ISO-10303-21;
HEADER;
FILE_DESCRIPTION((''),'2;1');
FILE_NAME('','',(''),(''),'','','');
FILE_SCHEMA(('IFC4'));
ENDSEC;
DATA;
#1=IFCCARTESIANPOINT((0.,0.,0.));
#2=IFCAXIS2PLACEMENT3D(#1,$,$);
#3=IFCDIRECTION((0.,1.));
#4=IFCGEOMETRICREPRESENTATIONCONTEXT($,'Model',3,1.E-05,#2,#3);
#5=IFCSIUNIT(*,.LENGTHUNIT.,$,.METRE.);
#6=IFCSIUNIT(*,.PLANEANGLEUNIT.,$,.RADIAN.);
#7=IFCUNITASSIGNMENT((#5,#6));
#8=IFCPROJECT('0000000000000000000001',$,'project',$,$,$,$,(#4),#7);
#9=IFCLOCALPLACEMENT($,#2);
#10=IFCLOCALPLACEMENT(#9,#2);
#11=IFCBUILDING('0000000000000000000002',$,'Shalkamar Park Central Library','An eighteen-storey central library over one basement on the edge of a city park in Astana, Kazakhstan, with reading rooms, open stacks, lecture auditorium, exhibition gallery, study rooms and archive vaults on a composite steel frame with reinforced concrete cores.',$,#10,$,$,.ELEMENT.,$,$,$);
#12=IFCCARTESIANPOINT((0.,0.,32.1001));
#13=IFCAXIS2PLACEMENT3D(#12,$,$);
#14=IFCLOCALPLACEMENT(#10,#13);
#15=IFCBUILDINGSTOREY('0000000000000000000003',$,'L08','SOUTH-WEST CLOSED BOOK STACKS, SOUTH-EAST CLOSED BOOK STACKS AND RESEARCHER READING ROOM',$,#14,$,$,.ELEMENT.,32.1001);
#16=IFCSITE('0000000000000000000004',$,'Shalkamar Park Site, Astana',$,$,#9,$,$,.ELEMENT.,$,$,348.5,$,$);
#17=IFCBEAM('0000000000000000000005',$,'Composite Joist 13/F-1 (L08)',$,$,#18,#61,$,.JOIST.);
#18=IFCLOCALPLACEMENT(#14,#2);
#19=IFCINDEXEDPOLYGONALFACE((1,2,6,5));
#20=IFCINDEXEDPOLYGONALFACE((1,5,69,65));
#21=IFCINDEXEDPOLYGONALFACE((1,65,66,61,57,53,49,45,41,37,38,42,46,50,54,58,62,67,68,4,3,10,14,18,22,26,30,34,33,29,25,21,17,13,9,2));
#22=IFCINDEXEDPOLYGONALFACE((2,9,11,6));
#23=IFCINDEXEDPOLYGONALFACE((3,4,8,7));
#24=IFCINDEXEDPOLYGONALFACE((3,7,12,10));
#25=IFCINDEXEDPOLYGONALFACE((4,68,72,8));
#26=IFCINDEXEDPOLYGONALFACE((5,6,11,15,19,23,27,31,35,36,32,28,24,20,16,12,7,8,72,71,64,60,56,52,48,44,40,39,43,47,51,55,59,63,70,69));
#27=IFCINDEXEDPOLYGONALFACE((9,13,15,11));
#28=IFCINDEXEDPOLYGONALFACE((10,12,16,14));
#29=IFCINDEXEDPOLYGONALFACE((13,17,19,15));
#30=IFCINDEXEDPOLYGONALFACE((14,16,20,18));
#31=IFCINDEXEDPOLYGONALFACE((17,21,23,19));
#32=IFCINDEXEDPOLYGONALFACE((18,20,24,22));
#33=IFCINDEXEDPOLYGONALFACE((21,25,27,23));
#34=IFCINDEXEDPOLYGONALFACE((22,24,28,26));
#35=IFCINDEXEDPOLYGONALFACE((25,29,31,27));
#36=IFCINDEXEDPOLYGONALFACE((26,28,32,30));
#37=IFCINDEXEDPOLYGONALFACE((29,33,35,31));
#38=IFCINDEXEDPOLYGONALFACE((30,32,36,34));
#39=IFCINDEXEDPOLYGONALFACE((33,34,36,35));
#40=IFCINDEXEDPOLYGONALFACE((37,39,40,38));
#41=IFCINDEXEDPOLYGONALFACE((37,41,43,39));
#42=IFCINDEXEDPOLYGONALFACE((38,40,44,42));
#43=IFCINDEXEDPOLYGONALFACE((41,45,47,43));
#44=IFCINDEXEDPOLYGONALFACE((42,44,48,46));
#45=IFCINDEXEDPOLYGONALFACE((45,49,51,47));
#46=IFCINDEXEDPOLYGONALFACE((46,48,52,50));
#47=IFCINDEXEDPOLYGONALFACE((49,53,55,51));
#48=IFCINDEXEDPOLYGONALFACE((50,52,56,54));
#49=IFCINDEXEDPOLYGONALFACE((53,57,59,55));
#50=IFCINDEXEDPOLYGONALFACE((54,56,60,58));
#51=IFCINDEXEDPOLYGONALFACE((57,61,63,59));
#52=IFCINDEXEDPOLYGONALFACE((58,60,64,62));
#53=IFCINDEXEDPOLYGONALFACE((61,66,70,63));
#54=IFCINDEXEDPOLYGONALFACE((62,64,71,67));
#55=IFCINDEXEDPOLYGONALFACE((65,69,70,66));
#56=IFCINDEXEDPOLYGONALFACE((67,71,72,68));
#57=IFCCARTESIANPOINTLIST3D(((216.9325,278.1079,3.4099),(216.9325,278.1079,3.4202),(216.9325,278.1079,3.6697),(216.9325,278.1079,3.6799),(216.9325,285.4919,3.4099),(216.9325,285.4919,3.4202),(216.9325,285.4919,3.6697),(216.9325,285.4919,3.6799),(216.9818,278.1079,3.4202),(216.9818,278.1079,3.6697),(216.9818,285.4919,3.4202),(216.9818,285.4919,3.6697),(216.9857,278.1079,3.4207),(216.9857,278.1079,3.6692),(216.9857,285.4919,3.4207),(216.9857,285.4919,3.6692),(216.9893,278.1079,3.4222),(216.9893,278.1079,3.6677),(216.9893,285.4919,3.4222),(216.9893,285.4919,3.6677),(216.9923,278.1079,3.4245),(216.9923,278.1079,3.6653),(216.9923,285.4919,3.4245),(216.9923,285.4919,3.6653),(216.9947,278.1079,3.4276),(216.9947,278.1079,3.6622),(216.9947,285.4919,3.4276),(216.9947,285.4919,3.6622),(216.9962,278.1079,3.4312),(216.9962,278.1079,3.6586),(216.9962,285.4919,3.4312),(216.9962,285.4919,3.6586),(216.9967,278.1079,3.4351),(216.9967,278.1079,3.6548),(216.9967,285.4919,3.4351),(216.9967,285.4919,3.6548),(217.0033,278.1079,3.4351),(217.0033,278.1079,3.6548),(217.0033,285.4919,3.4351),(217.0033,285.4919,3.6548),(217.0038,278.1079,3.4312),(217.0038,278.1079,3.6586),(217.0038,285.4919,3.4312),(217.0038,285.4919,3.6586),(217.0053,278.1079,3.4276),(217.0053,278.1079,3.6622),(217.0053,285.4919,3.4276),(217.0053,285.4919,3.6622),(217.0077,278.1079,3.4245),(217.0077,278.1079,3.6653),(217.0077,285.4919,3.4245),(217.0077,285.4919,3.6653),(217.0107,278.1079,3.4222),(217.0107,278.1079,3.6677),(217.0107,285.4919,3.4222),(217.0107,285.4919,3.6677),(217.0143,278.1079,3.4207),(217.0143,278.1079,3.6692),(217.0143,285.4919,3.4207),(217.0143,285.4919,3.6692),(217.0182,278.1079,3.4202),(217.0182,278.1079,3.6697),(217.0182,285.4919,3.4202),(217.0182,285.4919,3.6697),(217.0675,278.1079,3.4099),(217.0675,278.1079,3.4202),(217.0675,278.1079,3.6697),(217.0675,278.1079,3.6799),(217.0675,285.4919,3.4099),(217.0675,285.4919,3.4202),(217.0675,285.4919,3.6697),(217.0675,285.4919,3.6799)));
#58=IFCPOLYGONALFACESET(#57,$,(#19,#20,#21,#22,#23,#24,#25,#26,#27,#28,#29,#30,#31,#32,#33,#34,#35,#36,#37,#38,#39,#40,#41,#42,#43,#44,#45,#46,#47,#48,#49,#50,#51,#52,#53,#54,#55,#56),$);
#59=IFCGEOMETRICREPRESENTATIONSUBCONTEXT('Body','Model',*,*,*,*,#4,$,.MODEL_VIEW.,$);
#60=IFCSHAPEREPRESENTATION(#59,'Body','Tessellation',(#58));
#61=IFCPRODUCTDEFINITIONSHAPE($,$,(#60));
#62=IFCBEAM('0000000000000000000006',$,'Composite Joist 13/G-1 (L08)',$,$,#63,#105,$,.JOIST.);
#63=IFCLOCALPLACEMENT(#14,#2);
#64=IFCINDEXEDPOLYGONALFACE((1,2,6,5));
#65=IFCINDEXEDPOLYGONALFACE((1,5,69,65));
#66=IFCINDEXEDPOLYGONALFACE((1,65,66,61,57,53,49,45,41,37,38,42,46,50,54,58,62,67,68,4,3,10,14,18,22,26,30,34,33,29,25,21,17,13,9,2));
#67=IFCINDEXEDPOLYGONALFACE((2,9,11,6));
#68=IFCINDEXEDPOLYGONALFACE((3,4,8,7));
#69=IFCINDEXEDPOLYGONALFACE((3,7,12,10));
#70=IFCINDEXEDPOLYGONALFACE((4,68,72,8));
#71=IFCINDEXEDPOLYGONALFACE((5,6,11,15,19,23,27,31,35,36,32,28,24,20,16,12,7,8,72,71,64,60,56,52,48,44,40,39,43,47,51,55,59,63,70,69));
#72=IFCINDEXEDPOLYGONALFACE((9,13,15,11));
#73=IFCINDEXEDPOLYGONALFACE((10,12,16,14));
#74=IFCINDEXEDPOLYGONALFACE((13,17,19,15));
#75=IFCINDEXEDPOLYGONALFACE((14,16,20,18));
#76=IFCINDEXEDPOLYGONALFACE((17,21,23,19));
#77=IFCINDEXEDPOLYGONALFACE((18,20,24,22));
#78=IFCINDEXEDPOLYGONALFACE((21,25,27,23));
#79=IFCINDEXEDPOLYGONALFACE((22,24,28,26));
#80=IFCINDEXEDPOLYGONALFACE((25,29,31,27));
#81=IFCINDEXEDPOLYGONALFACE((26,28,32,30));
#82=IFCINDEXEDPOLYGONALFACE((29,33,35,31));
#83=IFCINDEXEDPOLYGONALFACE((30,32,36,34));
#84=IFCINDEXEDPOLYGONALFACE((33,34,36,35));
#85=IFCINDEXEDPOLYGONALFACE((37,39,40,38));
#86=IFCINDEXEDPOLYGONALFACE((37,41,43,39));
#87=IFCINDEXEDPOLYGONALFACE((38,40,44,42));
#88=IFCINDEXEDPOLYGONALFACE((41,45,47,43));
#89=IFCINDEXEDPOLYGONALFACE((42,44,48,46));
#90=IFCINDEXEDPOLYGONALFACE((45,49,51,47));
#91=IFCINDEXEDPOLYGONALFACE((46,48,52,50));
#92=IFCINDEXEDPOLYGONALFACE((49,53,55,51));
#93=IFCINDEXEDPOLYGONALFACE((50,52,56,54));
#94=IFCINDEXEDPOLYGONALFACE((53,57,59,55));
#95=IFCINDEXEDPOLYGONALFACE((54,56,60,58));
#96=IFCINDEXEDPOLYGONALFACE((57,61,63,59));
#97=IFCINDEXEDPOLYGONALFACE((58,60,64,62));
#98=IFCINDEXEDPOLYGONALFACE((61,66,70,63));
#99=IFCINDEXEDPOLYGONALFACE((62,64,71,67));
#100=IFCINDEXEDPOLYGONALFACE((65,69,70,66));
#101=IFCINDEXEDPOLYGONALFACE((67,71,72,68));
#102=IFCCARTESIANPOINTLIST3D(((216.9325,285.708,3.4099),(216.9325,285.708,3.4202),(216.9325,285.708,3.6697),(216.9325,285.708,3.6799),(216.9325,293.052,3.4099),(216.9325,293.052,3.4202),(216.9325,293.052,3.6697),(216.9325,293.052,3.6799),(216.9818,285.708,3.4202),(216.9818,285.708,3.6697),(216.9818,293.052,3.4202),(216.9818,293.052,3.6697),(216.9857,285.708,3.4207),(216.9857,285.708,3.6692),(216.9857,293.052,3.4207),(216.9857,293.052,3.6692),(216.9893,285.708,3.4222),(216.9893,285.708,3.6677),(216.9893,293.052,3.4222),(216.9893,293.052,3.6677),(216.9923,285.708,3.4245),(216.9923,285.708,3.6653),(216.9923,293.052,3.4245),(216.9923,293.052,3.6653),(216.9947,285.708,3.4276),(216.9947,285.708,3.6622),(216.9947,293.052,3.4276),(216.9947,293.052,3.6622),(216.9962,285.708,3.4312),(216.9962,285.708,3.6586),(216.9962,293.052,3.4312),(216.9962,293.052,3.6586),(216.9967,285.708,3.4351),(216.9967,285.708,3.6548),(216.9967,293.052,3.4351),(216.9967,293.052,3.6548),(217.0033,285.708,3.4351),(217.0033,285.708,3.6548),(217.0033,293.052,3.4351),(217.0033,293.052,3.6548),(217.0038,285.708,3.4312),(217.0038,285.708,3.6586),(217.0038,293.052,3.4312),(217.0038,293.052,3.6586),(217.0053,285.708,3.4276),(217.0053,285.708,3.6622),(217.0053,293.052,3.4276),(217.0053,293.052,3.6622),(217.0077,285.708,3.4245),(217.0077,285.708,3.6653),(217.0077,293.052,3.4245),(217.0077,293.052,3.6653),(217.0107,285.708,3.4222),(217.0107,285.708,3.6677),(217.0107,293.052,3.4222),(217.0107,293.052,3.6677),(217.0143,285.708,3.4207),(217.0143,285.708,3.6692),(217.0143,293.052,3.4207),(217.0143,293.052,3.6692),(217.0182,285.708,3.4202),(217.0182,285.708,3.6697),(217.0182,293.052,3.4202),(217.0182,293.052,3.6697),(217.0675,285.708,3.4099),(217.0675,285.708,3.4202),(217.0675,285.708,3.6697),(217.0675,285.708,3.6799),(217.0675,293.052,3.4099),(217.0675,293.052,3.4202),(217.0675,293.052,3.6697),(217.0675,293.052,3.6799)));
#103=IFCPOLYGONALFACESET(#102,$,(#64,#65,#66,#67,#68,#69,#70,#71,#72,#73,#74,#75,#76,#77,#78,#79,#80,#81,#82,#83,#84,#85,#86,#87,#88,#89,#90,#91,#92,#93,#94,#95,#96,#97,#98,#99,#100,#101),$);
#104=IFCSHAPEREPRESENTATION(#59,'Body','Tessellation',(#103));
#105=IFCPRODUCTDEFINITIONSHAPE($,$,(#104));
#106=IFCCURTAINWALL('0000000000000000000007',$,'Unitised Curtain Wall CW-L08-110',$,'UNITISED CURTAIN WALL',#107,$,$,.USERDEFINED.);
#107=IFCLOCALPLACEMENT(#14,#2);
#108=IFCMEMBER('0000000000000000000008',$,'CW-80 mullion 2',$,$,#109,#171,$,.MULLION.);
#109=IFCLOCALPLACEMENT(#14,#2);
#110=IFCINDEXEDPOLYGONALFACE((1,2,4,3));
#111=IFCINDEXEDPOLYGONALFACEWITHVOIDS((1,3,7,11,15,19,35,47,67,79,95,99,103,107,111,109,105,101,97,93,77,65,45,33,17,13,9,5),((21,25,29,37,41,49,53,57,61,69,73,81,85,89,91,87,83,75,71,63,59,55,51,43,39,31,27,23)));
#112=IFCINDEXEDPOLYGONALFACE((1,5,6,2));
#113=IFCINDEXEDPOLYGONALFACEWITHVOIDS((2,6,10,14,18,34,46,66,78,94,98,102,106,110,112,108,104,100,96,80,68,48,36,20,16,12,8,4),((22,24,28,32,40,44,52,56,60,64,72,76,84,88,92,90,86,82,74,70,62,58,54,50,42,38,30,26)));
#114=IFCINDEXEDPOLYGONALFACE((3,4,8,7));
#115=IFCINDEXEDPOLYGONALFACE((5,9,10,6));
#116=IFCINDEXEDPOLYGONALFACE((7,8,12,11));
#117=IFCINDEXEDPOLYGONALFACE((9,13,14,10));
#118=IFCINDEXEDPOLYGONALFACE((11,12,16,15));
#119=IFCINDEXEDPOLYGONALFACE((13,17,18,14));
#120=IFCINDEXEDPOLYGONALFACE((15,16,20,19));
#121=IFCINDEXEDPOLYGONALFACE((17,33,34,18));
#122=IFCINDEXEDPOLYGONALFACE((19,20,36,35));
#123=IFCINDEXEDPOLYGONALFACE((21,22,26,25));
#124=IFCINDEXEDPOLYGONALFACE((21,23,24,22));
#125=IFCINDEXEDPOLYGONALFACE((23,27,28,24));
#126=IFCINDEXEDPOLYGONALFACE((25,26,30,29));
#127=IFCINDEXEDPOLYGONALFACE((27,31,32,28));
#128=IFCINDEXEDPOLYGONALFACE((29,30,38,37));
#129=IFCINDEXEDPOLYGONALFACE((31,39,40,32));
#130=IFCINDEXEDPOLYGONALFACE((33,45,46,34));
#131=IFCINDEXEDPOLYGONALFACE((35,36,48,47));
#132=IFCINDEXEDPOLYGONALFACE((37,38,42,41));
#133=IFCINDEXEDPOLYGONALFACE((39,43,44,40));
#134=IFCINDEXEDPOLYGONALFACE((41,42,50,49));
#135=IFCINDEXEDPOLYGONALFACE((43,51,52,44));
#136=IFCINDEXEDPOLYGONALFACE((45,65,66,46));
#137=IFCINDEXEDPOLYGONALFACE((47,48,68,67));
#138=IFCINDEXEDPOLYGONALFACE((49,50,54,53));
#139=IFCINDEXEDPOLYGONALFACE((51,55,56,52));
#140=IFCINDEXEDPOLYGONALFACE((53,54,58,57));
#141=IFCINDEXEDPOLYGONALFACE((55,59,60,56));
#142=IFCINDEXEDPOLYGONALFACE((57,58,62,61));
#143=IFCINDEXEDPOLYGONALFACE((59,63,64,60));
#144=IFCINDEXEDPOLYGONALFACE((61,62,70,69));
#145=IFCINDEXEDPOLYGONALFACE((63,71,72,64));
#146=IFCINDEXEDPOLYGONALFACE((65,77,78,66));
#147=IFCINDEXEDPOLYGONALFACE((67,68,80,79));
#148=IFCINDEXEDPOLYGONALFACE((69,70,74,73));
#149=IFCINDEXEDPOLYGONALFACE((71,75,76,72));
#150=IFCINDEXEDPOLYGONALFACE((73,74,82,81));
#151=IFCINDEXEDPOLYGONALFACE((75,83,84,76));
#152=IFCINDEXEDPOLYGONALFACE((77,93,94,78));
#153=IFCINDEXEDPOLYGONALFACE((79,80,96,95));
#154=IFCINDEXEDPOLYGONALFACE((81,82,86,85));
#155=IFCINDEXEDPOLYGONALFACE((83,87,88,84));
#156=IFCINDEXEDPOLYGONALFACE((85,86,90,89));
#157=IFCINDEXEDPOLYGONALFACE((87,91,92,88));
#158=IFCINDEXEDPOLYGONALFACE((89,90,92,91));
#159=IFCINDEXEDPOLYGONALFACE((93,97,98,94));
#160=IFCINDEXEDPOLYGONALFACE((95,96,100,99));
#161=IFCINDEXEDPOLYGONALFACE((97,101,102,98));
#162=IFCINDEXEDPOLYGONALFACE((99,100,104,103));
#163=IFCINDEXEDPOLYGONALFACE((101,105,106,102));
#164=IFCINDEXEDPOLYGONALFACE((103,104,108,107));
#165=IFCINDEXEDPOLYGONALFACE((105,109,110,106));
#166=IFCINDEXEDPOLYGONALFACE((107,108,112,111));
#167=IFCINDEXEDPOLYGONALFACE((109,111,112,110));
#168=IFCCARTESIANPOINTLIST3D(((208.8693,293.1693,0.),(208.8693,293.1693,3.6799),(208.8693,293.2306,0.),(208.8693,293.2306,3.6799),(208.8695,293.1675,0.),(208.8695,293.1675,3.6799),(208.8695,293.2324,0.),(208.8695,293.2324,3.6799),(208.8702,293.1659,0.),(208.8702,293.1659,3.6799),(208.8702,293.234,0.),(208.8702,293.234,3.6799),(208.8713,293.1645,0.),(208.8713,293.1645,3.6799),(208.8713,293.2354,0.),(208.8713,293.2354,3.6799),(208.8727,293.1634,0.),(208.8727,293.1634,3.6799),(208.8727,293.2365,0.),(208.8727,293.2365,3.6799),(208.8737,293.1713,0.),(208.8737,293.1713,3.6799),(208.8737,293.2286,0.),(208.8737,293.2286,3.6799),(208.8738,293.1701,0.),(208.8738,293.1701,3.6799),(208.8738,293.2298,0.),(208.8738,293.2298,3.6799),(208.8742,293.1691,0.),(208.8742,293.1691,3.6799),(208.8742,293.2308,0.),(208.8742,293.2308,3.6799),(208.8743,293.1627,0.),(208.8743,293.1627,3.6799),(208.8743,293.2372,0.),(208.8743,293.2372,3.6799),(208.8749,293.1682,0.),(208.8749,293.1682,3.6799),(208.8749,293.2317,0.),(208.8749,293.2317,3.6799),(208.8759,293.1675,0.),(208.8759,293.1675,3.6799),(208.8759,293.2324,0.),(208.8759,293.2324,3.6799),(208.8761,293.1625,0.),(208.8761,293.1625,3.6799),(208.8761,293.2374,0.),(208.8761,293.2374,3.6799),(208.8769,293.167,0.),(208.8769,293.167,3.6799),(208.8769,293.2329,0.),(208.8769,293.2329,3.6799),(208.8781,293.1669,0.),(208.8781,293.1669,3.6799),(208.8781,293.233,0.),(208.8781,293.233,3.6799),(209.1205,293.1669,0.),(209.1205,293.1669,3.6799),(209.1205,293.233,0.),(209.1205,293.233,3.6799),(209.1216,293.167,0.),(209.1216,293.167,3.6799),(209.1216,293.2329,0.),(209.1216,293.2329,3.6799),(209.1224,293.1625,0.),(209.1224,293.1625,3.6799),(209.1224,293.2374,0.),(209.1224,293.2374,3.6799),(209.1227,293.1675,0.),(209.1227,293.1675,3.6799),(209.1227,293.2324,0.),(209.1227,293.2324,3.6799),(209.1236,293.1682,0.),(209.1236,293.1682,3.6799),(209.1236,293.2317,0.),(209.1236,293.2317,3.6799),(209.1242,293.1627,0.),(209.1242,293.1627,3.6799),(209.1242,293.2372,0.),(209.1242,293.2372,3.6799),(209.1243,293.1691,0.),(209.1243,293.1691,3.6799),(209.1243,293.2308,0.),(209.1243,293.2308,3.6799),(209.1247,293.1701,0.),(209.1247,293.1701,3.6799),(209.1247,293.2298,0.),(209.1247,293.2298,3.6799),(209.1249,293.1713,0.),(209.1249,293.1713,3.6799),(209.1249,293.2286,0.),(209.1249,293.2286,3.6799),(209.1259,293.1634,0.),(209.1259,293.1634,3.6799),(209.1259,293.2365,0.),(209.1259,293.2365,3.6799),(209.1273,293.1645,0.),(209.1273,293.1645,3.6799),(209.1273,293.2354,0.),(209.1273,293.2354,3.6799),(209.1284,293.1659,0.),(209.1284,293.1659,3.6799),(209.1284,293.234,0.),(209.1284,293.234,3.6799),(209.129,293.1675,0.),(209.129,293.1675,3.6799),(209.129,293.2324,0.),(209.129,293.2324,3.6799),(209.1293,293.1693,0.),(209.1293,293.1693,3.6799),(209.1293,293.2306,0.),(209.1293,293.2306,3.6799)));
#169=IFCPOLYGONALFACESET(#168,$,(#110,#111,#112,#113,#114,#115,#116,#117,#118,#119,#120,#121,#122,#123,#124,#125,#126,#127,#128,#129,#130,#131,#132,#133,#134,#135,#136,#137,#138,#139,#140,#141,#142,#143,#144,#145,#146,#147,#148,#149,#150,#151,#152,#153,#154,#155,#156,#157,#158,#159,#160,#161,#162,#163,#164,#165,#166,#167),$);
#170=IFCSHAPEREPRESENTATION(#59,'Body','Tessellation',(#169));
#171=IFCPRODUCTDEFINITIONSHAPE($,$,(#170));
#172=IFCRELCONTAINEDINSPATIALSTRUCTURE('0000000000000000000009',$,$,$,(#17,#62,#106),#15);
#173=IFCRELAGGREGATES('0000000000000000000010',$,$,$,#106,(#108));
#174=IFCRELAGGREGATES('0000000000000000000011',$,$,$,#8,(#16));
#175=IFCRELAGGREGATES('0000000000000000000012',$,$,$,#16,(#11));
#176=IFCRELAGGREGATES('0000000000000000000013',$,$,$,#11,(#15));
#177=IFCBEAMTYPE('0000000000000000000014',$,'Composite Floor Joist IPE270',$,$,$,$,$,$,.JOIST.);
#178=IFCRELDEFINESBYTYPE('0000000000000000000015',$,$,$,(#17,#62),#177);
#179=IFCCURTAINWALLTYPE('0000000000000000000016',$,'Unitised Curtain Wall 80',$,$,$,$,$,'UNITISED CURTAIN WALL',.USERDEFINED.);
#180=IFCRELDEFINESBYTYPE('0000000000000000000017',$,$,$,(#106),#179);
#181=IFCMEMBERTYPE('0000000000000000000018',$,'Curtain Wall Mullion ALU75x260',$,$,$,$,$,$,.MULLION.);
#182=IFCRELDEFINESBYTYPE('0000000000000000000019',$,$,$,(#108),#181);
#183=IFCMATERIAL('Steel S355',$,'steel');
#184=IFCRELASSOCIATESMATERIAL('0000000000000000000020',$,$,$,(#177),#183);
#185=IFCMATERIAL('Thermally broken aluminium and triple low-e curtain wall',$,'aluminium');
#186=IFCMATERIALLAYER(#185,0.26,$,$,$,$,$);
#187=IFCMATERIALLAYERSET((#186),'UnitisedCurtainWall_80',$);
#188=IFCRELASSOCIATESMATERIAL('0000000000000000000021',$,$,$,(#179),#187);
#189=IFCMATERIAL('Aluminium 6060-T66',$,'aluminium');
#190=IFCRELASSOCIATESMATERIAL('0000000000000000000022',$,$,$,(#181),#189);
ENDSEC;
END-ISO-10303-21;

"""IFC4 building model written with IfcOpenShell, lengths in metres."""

from ifc_helpers import new_model, si_unit, direction, frame, origin, origin_2d, place, context, subcontext, project, spatial, hollow_rectangle, i_section, extrude, material, layer, layer_set, material_profile, profile_set, type_object, element, aggregate, save


model = new_model("IFC4")

# Units and contexts
model_context = context("Model", 3, precision=1e-05, world=origin(), true_north=direction((0.0, 1.0)))
body_context = subcontext(model_context, "Body", "Model", "MODEL_VIEW")
ifc_project = project(units=[si_unit("LENGTHUNIT", "METRE"), si_unit("PLANEANGLEUNIT", "RADIAN")], contexts=[model_context])

# Site, building, storey
site_placement = place(None, origin())
site = spatial("IfcSite", under=ifc_project, at=site_placement, Name="Shalkamar Park Site, Astana", CompositionType="ELEMENT", RefElevation=348.5)
building_placement = place(site_placement, origin())
building = spatial("IfcBuilding", under=site, at=building_placement, Name="Shalkamar Park Central Library", Description="An eighteen-storey central library over one basement on the edge of a city park in Astana, Kazakhstan, with reading rooms, open stacks, lecture auditorium, exhibition gallery, study rooms and archive vaults on a composite steel frame with reinforced concrete cores.", CompositionType="ELEMENT")
storey_placement = place(building_placement, frame((0.0, 0.0, 32.1001)))
storey = spatial("IfcBuildingStorey", under=building, at=storey_placement, Name="L08", Description="SOUTH-WEST CLOSED BOOK STACKS, SOUTH-EAST CLOSED BOOK STACKS AND RESEARCHER READING ROOM", CompositionType="ELEMENT", Elevation=32.1001)

# Shared definitions
ifc_material_1 = material(Name="Steel S355", Category="steel")

# Beams
ifc_material_profile_1 = material_profile(ifc_material_1, i_section(OverallWidth=0.135, OverallDepth=0.27, WebThickness=0.0066, FlangeThickness=0.0103, FilletRadius=0.0149, at=origin_2d()), Name="IPE 270")
ifc_profile_set_1 = profile_set([ifc_material_profile_1], Name="Steel S355")
beam_type_1 = type_object("IfcBeamType", Name="Composite Floor Joist IPE270", PredefinedType="JOIST", material=ifc_profile_set_1)
for number, where, z_axis, x_axis, name in (
    (1, (217.0, 278.1079, 3.5449), (0.0, 1.0, 0.0), (-1.0, 0.0, 0.0), "Composite Joist 13/F-1 (L08)"),
):
    element("IfcBeam", number, at=place(storey_placement, frame(where, z_axis=z_axis, x_axis=x_axis)), inside=storey, type_object=beam_type_1, Name=name, PredefinedType="JOIST", context=body_context, shape_type="SweptSolid", body=[
        extrude(i_section(OverallWidth=0.135, OverallDepth=0.27, WebThickness=0.0066, FlangeThickness=0.0103, FilletRadius=0.0149, at=origin_2d()), origin(), (0.0, 0.0, 1.0), 7.384),
    ])
beam_1_placement = place(storey_placement, frame((217.0, 285.708, 3.5449), z_axis=(0.0, 1.0, 0.0), x_axis=(-1.0, 0.0, 0.0)))
element("IfcBeam", 2, at=beam_1_placement, inside=storey, type_object=beam_type_1, Name="Composite Joist 13/G-1 (L08)", PredefinedType="JOIST", context=body_context, shape_type="SweptSolid", body=[
    extrude(i_section(OverallWidth=0.135, OverallDepth=0.27, WebThickness=0.0066, FlangeThickness=0.0103, FilletRadius=0.0149, at=origin_2d()), origin(), (0.0, 0.0, 1.0), 7.344),
])

# Curtain wall, member
ifc_material_2 = material(Name="Thermally broken aluminium and triple low-e curtain wall", Category="aluminium")
ifc_layer_1 = layer(ifc_material_2, 0.26)
ifc_layer_set_1 = layer_set([ifc_layer_1], Name="UnitisedCurtainWall_80")
curtain_wall_type = type_object("IfcCurtainWallType", Name="Unitised Curtain Wall 80", ElementType="UNITISED CURTAIN WALL", PredefinedType="USERDEFINED", material=ifc_layer_set_1)
curtain_wall_placement = place(storey_placement, origin())
curtain_wall = element("IfcCurtainWall", 3, at=curtain_wall_placement, inside=storey, type_object=curtain_wall_type, Name="Unitised Curtain Wall CW-L08-110", ObjectType="UNITISED CURTAIN WALL", PredefinedType="USERDEFINED")
ifc_material_3 = material(Name="Aluminium 6060-T66", Category="aluminium")
ifc_material_profile_2 = material_profile(ifc_material_3, hollow_rectangle(XDim=0.075, YDim=0.26, WallThickness=0.0044, InnerFilletRadius=0.0044, OuterFilletRadius=0.0068, at=origin_2d()), Name="ALU 75x260x4.5")
ifc_profile_set_2 = profile_set([ifc_material_profile_2], Name="Aluminium 6060-T66")
member_type_1 = type_object("IfcMemberType", Name="Curtain Wall Mullion ALU75x260", PredefinedType="MULLION", material=ifc_profile_set_2)
member_1_placement = place(storey_placement, frame((208.9993, 293.2, 0.0), z_axis=(0.0, 0.0, 1.0), x_axis=(0.0, 1.0, 0.0)))
member_1 = element("IfcMember", 4, at=member_1_placement, type_object=member_type_1, Name="CW-80 mullion 2", PredefinedType="MULLION", context=body_context, shape_type="SweptSolid", body=[
    extrude(hollow_rectangle(XDim=0.075, YDim=0.26, WallThickness=0.0044, InnerFilletRadius=0.0044, OuterFilletRadius=0.0068, at=origin_2d()), origin(), (0.0, 0.0, 1.0), 3.6799),
])

aggregate(curtain_wall, [member_1])

save(model, "model.ifc")
